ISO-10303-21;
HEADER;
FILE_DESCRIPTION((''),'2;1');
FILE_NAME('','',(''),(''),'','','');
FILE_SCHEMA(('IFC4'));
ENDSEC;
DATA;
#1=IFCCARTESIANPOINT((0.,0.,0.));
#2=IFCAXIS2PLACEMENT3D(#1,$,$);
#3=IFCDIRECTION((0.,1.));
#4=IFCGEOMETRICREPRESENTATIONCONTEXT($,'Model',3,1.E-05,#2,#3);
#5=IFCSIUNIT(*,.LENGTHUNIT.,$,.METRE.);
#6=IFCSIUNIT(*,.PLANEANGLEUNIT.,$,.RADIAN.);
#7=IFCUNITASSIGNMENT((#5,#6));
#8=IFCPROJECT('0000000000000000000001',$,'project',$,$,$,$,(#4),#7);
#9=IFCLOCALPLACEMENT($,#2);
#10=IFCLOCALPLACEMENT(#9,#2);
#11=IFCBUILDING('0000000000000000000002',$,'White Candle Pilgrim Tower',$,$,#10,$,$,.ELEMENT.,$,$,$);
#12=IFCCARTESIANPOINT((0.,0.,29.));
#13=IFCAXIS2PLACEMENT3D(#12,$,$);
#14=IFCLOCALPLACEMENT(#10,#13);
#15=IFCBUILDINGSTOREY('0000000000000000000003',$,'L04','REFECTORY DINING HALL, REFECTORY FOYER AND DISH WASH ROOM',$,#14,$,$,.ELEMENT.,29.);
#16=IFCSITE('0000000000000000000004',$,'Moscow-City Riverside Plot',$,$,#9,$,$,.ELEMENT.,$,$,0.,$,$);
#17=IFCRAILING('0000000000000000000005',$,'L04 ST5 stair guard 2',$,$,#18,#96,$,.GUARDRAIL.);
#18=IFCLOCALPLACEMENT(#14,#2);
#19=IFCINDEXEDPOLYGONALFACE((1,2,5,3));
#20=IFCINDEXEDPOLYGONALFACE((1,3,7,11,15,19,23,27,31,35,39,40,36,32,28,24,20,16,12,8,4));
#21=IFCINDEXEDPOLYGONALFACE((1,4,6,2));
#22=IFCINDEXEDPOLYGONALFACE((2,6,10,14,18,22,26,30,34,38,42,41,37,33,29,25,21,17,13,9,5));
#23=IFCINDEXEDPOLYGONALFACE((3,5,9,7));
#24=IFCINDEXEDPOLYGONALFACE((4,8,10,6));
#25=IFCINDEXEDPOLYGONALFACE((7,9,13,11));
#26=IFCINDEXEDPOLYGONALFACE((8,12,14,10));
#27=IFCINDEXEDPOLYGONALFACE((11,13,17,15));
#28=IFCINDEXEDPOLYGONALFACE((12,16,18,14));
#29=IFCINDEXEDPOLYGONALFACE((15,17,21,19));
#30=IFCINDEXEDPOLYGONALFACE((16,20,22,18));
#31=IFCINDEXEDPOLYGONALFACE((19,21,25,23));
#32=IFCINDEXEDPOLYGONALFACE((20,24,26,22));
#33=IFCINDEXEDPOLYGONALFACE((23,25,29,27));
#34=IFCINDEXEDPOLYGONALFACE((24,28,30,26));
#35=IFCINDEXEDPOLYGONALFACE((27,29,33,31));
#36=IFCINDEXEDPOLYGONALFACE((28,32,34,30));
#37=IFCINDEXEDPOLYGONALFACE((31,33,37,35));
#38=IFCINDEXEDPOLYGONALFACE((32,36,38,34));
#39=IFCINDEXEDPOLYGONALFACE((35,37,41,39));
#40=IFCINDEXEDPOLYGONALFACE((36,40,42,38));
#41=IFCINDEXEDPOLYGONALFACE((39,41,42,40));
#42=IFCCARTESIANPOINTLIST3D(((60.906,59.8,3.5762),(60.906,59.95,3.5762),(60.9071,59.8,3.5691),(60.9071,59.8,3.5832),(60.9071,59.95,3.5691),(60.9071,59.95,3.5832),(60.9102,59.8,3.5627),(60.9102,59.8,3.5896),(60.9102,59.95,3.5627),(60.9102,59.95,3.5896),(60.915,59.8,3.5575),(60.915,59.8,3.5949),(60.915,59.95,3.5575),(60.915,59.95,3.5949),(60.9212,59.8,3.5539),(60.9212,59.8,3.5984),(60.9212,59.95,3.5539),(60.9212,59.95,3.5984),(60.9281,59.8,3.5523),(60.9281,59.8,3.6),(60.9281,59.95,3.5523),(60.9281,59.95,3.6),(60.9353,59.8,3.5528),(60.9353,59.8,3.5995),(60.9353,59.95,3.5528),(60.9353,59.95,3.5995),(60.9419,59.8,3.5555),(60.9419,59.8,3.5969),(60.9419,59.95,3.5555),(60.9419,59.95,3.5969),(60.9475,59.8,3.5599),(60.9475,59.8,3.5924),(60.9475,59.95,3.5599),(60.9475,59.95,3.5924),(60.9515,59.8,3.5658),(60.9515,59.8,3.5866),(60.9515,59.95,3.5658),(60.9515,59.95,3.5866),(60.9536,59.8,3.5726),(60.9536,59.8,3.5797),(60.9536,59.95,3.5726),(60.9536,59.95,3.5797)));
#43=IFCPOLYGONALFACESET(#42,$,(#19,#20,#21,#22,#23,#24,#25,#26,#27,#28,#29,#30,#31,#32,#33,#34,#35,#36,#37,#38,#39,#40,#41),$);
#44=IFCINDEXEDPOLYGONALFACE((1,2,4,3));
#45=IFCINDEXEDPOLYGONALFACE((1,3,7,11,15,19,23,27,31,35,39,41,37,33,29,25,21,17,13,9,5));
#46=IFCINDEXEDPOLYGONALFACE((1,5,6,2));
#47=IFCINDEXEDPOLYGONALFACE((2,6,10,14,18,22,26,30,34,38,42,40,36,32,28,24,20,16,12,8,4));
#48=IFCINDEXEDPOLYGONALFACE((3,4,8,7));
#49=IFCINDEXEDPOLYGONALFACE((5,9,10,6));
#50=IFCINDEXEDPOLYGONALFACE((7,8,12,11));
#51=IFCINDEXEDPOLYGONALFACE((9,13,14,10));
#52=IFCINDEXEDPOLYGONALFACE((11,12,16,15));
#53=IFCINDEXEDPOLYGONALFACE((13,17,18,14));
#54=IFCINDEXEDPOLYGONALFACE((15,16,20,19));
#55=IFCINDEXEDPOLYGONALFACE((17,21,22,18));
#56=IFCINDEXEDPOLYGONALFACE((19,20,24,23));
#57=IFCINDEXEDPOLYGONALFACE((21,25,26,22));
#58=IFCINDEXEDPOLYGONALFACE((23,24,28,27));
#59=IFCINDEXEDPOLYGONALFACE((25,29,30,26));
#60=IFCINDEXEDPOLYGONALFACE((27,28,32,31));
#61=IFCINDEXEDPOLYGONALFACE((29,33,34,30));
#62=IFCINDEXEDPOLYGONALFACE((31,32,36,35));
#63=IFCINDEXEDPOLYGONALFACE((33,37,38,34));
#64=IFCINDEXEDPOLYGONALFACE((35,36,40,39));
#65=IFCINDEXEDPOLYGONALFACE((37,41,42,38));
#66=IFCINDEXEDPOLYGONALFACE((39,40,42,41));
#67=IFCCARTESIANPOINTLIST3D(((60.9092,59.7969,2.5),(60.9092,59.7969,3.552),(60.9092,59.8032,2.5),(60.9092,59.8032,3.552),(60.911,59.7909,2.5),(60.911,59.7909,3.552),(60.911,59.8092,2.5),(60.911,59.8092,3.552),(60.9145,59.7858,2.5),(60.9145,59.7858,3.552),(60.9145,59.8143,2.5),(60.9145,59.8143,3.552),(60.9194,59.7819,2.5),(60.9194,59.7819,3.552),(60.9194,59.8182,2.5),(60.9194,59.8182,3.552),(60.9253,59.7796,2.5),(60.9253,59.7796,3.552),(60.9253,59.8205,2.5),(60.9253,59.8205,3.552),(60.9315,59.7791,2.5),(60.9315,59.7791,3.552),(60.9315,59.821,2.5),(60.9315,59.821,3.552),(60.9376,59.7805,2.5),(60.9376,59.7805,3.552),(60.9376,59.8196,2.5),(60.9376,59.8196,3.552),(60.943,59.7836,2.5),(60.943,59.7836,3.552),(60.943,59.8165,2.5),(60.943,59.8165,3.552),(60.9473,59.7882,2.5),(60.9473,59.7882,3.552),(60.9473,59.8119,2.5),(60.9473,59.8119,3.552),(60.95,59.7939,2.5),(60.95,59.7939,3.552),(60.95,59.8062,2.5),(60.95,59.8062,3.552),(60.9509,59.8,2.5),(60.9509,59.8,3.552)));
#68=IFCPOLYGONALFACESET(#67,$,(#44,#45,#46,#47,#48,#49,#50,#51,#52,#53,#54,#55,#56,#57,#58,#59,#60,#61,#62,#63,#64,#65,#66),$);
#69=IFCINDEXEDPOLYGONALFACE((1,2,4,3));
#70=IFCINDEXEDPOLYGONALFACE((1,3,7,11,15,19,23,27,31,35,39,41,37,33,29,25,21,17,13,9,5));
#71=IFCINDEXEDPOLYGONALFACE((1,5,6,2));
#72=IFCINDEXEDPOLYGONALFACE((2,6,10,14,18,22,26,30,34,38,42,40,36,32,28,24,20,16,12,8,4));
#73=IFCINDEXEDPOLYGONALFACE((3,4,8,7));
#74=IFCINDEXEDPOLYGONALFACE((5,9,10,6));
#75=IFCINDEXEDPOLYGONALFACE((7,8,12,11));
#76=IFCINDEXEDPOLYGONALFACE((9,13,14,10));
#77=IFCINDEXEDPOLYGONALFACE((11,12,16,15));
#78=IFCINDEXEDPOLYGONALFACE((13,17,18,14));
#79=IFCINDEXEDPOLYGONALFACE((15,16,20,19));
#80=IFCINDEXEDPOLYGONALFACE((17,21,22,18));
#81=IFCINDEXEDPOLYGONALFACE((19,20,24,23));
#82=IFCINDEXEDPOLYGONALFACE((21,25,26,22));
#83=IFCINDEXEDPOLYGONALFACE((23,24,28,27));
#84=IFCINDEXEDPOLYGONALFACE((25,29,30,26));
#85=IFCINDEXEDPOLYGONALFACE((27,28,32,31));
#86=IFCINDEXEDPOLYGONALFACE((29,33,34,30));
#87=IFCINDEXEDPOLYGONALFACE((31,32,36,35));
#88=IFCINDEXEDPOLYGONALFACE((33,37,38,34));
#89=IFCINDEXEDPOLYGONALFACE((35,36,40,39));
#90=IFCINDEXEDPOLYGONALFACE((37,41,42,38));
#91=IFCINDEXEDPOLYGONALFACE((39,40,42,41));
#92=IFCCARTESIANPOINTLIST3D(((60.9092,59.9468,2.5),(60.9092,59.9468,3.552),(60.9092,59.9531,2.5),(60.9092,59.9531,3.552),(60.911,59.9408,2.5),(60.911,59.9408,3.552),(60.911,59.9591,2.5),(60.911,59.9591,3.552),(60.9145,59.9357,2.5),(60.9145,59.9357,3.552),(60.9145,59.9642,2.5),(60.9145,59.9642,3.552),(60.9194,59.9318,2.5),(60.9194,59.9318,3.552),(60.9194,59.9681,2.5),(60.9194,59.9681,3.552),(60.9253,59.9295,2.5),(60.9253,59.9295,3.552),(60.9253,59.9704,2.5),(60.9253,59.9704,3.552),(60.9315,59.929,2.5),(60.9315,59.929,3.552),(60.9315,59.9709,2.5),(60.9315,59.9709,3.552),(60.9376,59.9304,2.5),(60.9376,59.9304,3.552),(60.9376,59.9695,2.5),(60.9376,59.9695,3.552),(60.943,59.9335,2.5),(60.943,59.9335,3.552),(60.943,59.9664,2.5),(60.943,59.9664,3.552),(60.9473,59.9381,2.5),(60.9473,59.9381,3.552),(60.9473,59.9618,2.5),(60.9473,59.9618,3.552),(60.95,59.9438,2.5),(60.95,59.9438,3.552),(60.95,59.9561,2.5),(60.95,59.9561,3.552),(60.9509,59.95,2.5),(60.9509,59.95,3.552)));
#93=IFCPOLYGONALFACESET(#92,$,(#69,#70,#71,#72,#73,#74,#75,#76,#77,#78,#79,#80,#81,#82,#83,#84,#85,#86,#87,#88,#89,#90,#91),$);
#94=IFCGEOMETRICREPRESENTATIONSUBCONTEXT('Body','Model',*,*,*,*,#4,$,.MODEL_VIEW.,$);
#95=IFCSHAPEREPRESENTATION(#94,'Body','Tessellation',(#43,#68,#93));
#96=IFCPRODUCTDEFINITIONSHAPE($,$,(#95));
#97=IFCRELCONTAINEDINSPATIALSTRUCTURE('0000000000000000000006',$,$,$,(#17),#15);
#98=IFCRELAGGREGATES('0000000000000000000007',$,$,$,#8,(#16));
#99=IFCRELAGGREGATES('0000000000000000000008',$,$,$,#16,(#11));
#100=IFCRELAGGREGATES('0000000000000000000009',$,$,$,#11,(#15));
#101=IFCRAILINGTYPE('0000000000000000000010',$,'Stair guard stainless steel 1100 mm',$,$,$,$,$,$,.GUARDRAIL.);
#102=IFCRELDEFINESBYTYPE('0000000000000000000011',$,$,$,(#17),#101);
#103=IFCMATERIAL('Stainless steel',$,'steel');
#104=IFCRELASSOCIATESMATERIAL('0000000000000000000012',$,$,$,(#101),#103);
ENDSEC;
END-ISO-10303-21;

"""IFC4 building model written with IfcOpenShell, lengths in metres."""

from ifc_helpers import new_model, si_unit, direction, frame, origin, origin_2d, place, context, subcontext, project, spatial, circle, extrude, material, type_object, element, save


model = new_model("IFC4")

# Units and contexts
model_context = context("Model", 3, precision=1e-05, world=origin(), true_north=direction((0.0, 1.0)))
body_context = subcontext(model_context, "Body", "Model", "MODEL_VIEW")
ifc_project = project(units=[si_unit("LENGTHUNIT", "METRE"), si_unit("PLANEANGLEUNIT", "RADIAN")], contexts=[model_context])

# Site, building, storey
site_placement = place(None, origin())
site = spatial("IfcSite", under=ifc_project, at=site_placement, Name="Moscow-City Riverside Plot", CompositionType="ELEMENT", RefElevation=0.0)
building_placement = place(site_placement, origin())
building = spatial("IfcBuilding", under=site, at=building_placement, Name="White Candle Pilgrim Tower", CompositionType="ELEMENT")
storey_placement = place(building_placement, frame((0.0, 0.0, 29.0)))
storey = spatial("IfcBuildingStorey", under=building, at=storey_placement, Name="L04", Description="REFECTORY DINING HALL, REFECTORY FOYER AND DISH WASH ROOM", CompositionType="ELEMENT", Elevation=29.0)

# Railing
ifc_material_1 = material(Name="Stainless steel", Category="steel")
railing_type_1 = type_object("IfcRailingType", Name="Stair guard stainless steel 1100 mm", PredefinedType="GUARDRAIL", material=ifc_material_1)
railing_1_placement = place(storey_placement, frame((60.9299, 59.8, 2.5)))
element("IfcRailing", 1, at=railing_1_placement, inside=storey, type_object=railing_type_1, Name="L04 ST5 stair guard 2", PredefinedType="GUARDRAIL", context=body_context, shape_type="SweptSolid", body=[
    extrude(circle(Radius=0.0239, at=origin_2d()), frame((0.0, 0.0, 1.0762), z_axis=(0.0, 1.0, 0.0), x_axis=(-1.0, 0.0, 0.0)), (0.0, 0.0, 1.0), 0.1499),
    extrude(circle(Radius=0.021, at=origin_2d()), origin(), (0.0, 0.0, 1.0), 1.052),
    extrude(circle(Radius=0.021, at=origin_2d()), frame((0.0, 0.1499, 0.0)), (0.0, 0.0, 1.0), 1.052),
])

save(model, "model.ifc")
